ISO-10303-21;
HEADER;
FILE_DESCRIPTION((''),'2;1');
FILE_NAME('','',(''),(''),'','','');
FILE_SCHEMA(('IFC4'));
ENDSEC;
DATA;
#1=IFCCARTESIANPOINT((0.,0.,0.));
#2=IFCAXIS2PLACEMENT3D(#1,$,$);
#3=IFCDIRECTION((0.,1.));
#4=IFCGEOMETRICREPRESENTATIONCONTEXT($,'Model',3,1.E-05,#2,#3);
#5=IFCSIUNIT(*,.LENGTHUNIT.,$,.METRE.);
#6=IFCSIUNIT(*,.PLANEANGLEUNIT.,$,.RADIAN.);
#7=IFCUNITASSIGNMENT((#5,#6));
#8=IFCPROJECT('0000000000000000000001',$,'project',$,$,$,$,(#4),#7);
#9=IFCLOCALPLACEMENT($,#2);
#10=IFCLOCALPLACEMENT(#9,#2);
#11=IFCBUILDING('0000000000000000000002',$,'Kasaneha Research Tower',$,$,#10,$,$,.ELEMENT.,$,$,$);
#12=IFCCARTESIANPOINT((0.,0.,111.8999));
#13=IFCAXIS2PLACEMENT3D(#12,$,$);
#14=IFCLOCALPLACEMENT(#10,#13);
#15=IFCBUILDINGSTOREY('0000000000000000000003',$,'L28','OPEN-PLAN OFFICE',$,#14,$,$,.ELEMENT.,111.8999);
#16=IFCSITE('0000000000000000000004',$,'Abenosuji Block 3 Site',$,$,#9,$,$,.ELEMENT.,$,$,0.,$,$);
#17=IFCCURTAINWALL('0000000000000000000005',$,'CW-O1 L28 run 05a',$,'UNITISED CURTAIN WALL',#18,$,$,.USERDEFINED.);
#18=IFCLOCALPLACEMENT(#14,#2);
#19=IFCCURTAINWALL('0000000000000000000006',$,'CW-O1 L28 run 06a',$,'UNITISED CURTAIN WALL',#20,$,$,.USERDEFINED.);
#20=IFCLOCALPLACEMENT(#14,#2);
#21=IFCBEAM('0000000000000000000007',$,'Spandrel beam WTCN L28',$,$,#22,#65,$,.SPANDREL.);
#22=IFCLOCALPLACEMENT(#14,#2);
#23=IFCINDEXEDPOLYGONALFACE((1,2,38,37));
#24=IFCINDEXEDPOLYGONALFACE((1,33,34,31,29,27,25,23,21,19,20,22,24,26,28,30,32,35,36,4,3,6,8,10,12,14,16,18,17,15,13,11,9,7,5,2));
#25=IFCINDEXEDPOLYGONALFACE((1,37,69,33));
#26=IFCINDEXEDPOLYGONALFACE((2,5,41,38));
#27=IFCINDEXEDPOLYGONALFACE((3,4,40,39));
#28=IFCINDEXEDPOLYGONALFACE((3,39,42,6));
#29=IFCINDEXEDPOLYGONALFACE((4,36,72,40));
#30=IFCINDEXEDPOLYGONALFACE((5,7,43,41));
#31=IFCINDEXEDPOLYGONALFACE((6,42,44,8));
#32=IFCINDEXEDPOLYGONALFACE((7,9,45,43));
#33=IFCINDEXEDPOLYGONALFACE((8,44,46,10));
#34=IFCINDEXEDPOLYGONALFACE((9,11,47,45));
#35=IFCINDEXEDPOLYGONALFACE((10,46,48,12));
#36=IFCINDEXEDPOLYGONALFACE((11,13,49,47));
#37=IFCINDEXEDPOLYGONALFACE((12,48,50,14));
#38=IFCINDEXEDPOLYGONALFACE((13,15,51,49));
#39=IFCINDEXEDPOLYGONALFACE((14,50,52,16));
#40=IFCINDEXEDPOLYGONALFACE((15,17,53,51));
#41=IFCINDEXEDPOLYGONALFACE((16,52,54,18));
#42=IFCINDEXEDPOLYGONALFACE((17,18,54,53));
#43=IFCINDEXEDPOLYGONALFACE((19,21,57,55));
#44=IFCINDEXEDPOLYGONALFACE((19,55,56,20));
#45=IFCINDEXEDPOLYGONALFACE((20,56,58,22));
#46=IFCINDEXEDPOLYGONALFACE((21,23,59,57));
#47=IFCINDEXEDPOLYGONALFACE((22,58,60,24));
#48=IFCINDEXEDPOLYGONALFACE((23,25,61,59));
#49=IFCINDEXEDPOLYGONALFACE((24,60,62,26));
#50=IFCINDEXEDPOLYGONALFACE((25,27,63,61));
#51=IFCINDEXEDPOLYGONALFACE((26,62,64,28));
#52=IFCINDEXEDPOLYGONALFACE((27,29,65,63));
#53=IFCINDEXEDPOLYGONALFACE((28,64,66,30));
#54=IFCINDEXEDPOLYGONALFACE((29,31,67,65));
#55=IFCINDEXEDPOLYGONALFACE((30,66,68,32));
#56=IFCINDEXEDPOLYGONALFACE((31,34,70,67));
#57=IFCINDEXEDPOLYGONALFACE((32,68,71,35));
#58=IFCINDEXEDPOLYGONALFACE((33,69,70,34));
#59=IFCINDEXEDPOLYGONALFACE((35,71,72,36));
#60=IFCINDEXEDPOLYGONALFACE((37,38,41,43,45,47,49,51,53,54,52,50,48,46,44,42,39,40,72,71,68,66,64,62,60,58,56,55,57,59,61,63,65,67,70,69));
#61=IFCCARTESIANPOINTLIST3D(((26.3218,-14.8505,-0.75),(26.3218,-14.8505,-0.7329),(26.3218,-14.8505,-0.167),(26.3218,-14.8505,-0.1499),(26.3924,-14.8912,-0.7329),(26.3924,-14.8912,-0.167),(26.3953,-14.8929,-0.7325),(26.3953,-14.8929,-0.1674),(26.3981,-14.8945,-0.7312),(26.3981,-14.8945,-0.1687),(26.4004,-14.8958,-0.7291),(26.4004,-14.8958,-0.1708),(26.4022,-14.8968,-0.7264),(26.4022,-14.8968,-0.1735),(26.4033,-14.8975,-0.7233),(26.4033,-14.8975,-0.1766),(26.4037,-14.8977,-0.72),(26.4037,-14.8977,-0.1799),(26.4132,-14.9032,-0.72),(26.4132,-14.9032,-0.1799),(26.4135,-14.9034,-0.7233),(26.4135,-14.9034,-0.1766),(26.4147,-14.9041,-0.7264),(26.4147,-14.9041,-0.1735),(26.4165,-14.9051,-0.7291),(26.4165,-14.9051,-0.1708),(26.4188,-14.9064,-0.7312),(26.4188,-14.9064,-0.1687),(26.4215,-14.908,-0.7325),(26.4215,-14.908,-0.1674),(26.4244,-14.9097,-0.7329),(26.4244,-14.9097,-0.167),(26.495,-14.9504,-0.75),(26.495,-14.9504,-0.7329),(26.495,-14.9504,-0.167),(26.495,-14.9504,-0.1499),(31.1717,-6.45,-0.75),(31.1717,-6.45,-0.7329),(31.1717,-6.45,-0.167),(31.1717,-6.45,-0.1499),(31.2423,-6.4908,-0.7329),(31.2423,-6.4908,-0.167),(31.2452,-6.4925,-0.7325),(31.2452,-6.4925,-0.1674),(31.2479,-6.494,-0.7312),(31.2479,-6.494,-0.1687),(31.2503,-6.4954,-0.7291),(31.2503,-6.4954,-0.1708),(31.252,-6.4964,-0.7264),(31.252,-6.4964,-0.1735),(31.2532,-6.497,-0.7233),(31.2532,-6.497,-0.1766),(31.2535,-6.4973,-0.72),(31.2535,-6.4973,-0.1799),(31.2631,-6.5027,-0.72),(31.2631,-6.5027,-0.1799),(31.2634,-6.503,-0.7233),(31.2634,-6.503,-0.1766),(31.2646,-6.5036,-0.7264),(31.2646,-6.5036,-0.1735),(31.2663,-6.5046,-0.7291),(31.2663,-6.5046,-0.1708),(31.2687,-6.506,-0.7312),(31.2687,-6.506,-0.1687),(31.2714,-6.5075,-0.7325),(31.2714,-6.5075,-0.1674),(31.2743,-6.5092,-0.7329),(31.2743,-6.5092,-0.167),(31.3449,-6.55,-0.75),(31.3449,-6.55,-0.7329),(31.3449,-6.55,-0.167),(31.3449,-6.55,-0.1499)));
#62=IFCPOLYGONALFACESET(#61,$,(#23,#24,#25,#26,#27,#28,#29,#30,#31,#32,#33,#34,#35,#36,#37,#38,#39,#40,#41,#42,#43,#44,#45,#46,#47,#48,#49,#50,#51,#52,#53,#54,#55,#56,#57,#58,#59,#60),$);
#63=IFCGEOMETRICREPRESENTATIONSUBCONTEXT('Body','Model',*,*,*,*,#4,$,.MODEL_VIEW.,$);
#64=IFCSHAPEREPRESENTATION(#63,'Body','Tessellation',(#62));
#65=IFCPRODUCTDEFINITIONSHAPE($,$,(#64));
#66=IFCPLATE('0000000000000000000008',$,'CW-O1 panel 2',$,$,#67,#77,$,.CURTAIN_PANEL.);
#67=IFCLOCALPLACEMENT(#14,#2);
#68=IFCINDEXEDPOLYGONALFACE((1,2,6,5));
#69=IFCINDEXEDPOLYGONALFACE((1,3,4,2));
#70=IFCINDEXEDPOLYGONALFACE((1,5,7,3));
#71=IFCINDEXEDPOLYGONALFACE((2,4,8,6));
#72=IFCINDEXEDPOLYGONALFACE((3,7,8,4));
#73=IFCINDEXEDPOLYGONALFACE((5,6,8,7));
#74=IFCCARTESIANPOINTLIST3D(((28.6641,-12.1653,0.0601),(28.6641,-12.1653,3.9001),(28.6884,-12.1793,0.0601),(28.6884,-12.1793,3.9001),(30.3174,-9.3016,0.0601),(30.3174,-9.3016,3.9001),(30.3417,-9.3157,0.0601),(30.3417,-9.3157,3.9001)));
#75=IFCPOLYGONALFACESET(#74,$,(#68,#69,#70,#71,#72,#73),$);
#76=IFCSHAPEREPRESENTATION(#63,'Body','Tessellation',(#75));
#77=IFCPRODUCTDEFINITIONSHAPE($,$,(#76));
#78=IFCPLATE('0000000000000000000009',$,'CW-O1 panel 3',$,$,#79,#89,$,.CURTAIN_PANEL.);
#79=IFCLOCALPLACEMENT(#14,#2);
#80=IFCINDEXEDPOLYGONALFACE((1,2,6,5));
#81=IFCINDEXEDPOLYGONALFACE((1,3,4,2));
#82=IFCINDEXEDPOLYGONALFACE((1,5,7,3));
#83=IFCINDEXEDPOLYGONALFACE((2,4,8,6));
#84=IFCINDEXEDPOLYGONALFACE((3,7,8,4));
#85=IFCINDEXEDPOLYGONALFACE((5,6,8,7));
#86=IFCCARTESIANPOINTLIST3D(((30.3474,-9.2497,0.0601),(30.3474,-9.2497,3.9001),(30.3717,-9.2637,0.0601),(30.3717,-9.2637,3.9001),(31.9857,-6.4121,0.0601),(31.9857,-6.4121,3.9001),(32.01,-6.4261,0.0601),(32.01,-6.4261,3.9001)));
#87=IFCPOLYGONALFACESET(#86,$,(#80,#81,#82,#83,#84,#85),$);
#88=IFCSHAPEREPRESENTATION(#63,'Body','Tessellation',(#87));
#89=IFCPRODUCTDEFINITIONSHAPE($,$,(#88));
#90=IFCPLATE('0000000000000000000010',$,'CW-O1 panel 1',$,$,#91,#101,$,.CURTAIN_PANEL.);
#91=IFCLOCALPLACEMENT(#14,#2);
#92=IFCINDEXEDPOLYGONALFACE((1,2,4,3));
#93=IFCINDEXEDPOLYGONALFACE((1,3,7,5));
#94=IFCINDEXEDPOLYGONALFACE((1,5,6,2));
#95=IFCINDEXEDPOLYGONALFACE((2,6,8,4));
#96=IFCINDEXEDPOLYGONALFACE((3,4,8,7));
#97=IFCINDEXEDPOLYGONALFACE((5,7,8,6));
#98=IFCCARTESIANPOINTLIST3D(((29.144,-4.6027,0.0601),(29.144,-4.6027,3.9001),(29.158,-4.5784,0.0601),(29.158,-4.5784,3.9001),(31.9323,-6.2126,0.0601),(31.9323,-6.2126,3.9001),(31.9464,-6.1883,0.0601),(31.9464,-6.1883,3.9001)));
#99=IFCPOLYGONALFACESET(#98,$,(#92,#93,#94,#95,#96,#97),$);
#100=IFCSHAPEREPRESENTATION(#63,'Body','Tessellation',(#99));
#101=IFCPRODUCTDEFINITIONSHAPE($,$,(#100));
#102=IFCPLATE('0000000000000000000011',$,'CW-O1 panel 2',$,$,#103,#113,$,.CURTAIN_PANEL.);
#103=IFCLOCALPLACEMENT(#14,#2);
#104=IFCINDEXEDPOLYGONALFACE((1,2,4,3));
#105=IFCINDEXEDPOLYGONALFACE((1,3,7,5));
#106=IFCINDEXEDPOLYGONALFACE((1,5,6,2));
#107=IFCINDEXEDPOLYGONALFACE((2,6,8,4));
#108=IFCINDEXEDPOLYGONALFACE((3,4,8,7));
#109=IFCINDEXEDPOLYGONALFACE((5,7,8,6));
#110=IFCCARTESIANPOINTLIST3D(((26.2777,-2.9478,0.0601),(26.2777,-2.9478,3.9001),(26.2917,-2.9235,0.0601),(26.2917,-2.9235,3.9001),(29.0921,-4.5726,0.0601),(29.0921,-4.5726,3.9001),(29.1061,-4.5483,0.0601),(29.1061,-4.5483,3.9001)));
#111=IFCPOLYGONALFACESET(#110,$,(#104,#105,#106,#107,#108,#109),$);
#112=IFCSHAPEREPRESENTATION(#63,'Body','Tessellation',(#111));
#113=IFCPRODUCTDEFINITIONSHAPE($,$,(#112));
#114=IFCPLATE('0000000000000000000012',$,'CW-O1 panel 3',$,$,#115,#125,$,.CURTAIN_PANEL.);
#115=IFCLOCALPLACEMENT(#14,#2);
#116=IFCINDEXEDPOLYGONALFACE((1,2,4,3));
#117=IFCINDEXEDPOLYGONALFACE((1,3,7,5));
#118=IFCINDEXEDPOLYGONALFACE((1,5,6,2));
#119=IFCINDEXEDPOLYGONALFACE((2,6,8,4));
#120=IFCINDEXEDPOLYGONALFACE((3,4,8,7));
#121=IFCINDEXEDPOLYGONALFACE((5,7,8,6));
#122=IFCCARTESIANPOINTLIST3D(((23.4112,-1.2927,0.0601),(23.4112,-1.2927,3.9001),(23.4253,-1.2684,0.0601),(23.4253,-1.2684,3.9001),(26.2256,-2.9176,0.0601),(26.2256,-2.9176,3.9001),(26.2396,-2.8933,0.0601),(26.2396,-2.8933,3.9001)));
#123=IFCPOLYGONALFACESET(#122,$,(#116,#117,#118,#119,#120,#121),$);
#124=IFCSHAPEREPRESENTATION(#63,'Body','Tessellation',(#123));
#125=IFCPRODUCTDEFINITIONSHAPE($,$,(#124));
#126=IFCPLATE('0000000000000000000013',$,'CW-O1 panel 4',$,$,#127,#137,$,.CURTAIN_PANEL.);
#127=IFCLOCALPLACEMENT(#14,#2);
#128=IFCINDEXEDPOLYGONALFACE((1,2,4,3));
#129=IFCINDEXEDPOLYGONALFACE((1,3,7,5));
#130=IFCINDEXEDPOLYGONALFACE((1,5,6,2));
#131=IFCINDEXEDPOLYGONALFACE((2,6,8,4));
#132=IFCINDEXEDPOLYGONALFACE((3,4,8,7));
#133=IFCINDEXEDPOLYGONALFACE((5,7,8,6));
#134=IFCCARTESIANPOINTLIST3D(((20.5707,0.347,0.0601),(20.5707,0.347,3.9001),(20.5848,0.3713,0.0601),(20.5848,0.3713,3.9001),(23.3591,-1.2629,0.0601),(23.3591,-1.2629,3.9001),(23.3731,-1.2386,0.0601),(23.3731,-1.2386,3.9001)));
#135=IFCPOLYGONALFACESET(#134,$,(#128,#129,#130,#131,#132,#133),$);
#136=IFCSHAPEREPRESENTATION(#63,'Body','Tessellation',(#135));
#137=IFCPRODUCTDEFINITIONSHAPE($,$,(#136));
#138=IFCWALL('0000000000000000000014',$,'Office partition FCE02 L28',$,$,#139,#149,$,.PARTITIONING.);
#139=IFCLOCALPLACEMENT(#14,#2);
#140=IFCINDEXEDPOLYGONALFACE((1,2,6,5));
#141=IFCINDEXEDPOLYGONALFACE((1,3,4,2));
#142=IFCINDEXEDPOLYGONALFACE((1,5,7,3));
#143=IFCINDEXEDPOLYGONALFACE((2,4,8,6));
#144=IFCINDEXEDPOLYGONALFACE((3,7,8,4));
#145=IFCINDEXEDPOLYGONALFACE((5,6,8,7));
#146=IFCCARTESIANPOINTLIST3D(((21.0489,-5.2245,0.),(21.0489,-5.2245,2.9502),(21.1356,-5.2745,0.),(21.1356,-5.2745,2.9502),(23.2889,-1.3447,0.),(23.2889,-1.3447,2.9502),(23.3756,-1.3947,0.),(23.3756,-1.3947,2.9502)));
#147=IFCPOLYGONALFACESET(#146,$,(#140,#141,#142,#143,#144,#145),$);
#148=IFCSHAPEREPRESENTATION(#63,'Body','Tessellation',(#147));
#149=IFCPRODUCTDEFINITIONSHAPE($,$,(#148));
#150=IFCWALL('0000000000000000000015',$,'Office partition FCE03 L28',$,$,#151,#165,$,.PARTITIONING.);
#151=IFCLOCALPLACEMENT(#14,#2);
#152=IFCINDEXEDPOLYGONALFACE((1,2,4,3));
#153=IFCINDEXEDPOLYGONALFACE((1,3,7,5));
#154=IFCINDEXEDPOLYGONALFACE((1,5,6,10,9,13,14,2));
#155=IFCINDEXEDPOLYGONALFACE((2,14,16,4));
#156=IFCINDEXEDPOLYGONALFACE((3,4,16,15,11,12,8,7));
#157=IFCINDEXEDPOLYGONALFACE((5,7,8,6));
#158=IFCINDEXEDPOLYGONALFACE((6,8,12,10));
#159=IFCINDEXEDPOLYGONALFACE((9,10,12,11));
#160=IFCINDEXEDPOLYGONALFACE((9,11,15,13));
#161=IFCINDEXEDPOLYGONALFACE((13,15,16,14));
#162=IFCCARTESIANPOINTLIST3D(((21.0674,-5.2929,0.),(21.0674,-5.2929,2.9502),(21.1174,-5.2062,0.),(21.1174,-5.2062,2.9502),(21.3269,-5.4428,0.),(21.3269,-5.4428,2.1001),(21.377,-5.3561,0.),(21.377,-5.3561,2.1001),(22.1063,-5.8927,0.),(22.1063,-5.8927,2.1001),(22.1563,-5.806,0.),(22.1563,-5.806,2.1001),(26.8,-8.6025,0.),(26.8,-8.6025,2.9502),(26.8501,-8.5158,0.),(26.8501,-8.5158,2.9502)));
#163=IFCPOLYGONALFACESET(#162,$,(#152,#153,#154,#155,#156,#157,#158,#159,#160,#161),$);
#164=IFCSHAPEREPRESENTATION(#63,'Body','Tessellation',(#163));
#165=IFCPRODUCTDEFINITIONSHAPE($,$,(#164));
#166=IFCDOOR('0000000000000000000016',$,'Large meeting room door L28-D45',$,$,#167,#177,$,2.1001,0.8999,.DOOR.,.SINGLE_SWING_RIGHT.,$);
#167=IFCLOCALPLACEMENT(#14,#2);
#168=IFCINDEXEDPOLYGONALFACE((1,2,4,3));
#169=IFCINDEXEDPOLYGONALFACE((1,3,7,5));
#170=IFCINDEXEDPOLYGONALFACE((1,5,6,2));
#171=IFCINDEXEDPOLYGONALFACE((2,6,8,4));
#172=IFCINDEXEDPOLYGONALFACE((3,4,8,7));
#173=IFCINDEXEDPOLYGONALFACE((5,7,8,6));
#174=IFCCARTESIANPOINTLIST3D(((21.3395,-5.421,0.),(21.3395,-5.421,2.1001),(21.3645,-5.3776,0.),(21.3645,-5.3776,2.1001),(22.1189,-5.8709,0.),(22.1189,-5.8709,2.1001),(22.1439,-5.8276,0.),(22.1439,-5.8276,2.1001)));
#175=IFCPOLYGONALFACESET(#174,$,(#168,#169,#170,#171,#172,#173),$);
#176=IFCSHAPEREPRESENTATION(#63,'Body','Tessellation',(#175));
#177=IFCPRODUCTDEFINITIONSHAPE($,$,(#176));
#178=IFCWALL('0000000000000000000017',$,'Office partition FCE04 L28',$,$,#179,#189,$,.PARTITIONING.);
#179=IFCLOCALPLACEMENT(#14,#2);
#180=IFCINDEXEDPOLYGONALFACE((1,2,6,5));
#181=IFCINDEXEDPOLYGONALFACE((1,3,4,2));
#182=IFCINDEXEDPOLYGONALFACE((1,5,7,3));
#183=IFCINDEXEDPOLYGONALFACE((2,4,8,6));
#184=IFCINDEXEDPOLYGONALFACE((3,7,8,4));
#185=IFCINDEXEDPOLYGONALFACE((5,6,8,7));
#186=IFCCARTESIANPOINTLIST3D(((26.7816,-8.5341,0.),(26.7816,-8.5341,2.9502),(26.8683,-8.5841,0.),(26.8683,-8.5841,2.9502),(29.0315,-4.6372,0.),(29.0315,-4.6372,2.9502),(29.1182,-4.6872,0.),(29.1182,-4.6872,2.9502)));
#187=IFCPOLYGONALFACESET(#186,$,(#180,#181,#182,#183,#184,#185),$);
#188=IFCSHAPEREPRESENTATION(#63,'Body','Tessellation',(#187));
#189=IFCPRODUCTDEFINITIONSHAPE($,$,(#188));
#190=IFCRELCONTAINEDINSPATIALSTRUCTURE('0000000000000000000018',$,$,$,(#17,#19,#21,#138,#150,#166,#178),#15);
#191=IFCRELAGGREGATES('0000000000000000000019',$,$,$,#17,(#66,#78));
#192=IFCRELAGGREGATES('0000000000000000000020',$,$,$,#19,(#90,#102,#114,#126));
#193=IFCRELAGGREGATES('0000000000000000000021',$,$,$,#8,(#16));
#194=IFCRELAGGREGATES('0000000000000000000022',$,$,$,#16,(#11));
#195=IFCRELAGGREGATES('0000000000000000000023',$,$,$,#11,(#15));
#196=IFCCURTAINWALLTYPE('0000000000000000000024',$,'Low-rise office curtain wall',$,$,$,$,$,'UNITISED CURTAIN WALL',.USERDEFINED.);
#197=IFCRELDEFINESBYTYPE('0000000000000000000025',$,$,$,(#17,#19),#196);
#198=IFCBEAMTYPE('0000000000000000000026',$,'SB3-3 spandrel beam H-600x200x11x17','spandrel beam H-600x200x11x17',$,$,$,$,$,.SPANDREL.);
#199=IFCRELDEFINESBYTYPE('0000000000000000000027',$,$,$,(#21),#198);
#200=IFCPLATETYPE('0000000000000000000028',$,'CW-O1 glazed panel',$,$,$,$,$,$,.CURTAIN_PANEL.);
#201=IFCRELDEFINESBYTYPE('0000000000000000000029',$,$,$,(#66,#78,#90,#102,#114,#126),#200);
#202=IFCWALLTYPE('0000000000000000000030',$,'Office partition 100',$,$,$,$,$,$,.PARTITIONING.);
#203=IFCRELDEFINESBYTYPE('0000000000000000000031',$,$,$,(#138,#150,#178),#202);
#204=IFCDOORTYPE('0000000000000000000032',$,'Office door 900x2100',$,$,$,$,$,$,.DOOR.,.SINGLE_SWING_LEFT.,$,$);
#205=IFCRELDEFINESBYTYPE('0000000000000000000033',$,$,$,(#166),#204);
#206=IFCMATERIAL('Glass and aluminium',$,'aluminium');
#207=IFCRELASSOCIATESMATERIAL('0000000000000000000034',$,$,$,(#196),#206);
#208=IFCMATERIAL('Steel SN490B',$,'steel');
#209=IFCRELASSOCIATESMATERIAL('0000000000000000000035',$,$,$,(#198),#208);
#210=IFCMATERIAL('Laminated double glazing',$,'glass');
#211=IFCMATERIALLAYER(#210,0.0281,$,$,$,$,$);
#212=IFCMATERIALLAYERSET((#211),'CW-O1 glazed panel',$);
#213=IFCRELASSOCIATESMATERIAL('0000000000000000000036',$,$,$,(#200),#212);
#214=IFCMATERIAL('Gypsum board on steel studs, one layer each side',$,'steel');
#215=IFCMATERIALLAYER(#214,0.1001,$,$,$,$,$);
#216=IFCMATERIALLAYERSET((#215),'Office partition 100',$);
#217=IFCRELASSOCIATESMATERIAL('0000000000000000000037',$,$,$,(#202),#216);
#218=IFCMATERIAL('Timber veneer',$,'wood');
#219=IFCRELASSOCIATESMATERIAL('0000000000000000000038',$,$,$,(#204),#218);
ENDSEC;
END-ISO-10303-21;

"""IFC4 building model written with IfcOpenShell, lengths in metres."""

from ifc_helpers import new_model, si_unit, direction, frame, frame_2d, origin, origin_2d, place, context, subcontext, project, spatial, rectangle, i_section, extrude, material, layer, layer_set, material_profile, profile_set, type_object, element, fill, aggregate, save


model = new_model("IFC4")

# Units and contexts
model_context = context("Model", 3, precision=1e-05, world=origin(), true_north=direction((0.0, 1.0)))
body_context = subcontext(model_context, "Body", "Model", "MODEL_VIEW")
ifc_project = project(units=[si_unit("LENGTHUNIT", "METRE"), si_unit("PLANEANGLEUNIT", "RADIAN")], contexts=[model_context])

# Site, building, storey
site_placement = place(None, origin())
site = spatial("IfcSite", under=ifc_project, at=site_placement, Name="Abenosuji Block 3 Site", CompositionType="ELEMENT", RefElevation=0.0)
building_placement = place(site_placement, origin())
building = spatial("IfcBuilding", under=site, at=building_placement, Name="Kasaneha Research Tower", CompositionType="ELEMENT")
storey_placement = place(building_placement, frame((0.0, 0.0, 111.8999)))
storey = spatial("IfcBuildingStorey", under=building, at=storey_placement, Name="L28", Description="OPEN-PLAN OFFICE", CompositionType="ELEMENT", Elevation=111.8999)

# Curtain walls
ifc_material_1 = material(Name="Glass and aluminium", Category="aluminium")
curtain_wall_type = type_object("IfcCurtainWallType", Name="Low-rise office curtain wall", ElementType="UNITISED CURTAIN WALL", PredefinedType="USERDEFINED", material=ifc_material_1)
curtain_wall_1_placement = place(storey_placement, origin())
curtain_wall_1 = element("IfcCurtainWall", 1, at=curtain_wall_1_placement, inside=storey, type_object=curtain_wall_type, Name="CW-O1 L28 run 05a", ObjectType="UNITISED CURTAIN WALL", PredefinedType="USERDEFINED")
curtain_wall_2_placement = place(storey_placement, origin())
curtain_wall_2 = element("IfcCurtainWall", 2, at=curtain_wall_2_placement, inside=storey, type_object=curtain_wall_type, Name="CW-O1 L28 run 06a", ObjectType="UNITISED CURTAIN WALL", PredefinedType="USERDEFINED")

# Beam
ifc_material_2 = material(Name="Steel SN490B", Category="steel")
ifc_material_profile_1 = material_profile(ifc_material_2, i_section(OverallWidth=0.2, OverallDepth=0.6001, WebThickness=0.011, FlangeThickness=0.0171, FilletRadius=0.0129, at=origin_2d()), Name="H-600x200x11x17")
ifc_profile_set_1 = profile_set([ifc_material_profile_1], Name="Steel SN490B")
beam_type_1 = type_object("IfcBeamType", Name="SB3-3 spandrel beam H-600x200x11x17", Description="spandrel beam H-600x200x11x17", PredefinedType="SPANDREL", material=ifc_profile_set_1)
beam_1_placement = place(storey_placement, frame((31.2583, -6.5, -0.45), z_axis=(-0.499991, -0.866031, 0.0), x_axis=(0.866031, -0.499991, 0.0)))
element("IfcBeam", 3, at=beam_1_placement, inside=storey, type_object=beam_type_1, Name="Spandrel beam WTCN L28", PredefinedType="SPANDREL", context=body_context, shape_type="SweptSolid", body=[
    extrude(i_section(OverallWidth=0.2, OverallDepth=0.6001, WebThickness=0.011, FlangeThickness=0.0171, FilletRadius=0.0129, at=origin_2d()), origin(), (0.0, 0.0, 1.0), 9.7),
])

# Plates
ifc_material_3 = material(Name="Laminated double glazing", Category="glass")
ifc_layer_1 = layer(ifc_material_3, 0.0281)
ifc_layer_set_1 = layer_set([ifc_layer_1], Name="CW-O1 glazed panel")
plate_type = type_object("IfcPlateType", Name="CW-O1 glazed panel", PredefinedType="CURTAIN_PANEL", material=ifc_layer_set_1)
plate_1_placement = place(storey_placement, frame((29.5029, -10.7405, 0.0601), z_axis=(0.0, 0.0, 1.0), x_axis=(0.5, 0.866025, 0.0)))
plate_1 = element("IfcPlate", 4, at=plate_1_placement, type_object=plate_type, Name="CW-O1 panel 2", PredefinedType="CURTAIN_PANEL", context=body_context, shape_type="SweptSolid", body=[
    extrude(rectangle(XDim=3.3066, YDim=0.0281, at=origin_2d()), origin(), (0.0, 0.0, 1.0), 3.8401),
])
plate_2_placement = place(storey_placement, frame((31.1787, -7.8379, 0.0601), z_axis=(0.0, 0.0, 1.0), x_axis=(0.5, 0.866025, 0.0)))
plate_2 = element("IfcPlate", 5, at=plate_2_placement, type_object=plate_type, Name="CW-O1 panel 3", PredefinedType="CURTAIN_PANEL", context=body_context, shape_type="SweptSolid", body=[
    extrude(rectangle(XDim=3.2766, YDim=0.0281, at=origin_2d()), origin(), (0.0, 0.0, 1.0), 3.8401),
])
aggregate(curtain_wall_1, [plate_1, plate_2])
plate_3_placement = place(storey_placement, frame((30.5452, -5.3955, 0.0601), z_axis=(0.0, 0.0, 1.0), x_axis=(-0.866025, 0.5, 0.0)))
plate_3 = element("IfcPlate", 6, at=plate_3_placement, type_object=plate_type, Name="CW-O1 panel 1", PredefinedType="CURTAIN_PANEL", context=body_context, shape_type="SweptSolid", body=[
    extrude(rectangle(XDim=3.2197, YDim=0.0281, at=origin_2d()), origin(), (0.0, 0.0, 1.0), 3.8401),
])
plate_4_placement = place(storey_placement, frame((27.6919, -3.748, 0.0601), z_axis=(0.0, 0.0, 1.0), x_axis=(-0.866025, 0.5, 0.0)))
plate_4 = element("IfcPlate", 7, at=plate_4_placement, type_object=plate_type, Name="CW-O1 panel 2", PredefinedType="CURTAIN_PANEL", context=body_context, shape_type="SweptSolid", body=[
    extrude(rectangle(XDim=3.2498, YDim=0.0281, at=origin_2d()), origin(), (0.0, 0.0, 1.0), 3.8401),
])
plate_5_placement = place(storey_placement, frame((24.8254, -2.093, 0.0601), z_axis=(0.0, 0.0, 1.0), x_axis=(-0.866025, 0.5, 0.0)))
plate_5 = element("IfcPlate", 8, at=plate_5_placement, type_object=plate_type, Name="CW-O1 panel 3", PredefinedType="CURTAIN_PANEL", context=body_context, shape_type="SweptSolid", body=[
    extrude(rectangle(XDim=3.2498, YDim=0.0281, at=origin_2d()), origin(), (0.0, 0.0, 1.0), 3.8401),
])
plate_6_placement = place(storey_placement, frame((21.9719, -0.4458, 0.0601), z_axis=(0.0, 0.0, 1.0), x_axis=(-0.866025, 0.5, 0.0)))
plate_6 = element("IfcPlate", 9, at=plate_6_placement, type_object=plate_type, Name="CW-O1 panel 4", PredefinedType="CURTAIN_PANEL", context=body_context, shape_type="SweptSolid", body=[
    extrude(rectangle(XDim=3.2197, YDim=0.0281, at=origin_2d()), origin(), (0.0, 0.0, 1.0), 3.8401),
])
aggregate(curtain_wall_2, [plate_3, plate_4, plate_5, plate_6])

# Wall
ifc_material_4 = material(Name="Gypsum board on steel studs, one layer each side", Category="steel")
ifc_layer_2 = layer(ifc_material_4, 0.1001)
ifc_layer_set_2 = layer_set([ifc_layer_2], Name="Office partition 100")
wall_type = type_object("IfcWallType", Name="Office partition 100", PredefinedType="PARTITIONING", material=ifc_layer_set_2)
wall_1_placement = place(storey_placement, frame((21.0923, -5.2495, 0.0), z_axis=(0.0, 0.0, 1.0), x_axis=(0.49999, 0.866031, 0.0)))
element("IfcWall", 10, at=wall_1_placement, inside=storey, type_object=wall_type, Name="Office partition FCE02 L28", PredefinedType="PARTITIONING", context=body_context, shape_type="SweptSolid", body=[
    extrude(rectangle(XDim=4.48, YDim=0.1001, at=frame_2d((2.24, 0.0))), origin(), (0.0, 0.0, 1.0), 2.9502),
])

# Wall, opening, door
wall_2_placement = place(storey_placement, frame((26.825, -8.5591, 0.0), z_axis=(0.0, 0.0, 1.0), x_axis=(-0.866038, 0.499979, 0.0)))
wall_2 = element("IfcWall", 11, at=wall_2_placement, inside=storey, type_object=wall_type, Name="Office partition FCE03 L28", PredefinedType="PARTITIONING", context=body_context, shape_type="SweptSolid", body=[
    extrude(rectangle(XDim=6.6194, YDim=0.1001, at=frame_2d((3.3096, 0.0))), origin(), (0.0, 0.0, 1.0), 2.9502),
])
opening_placement = place(wall_2_placement, frame((5.4197, 0.0, 0.0)))
opening = element("IfcOpeningElement", 12, at=opening_placement, cuts=wall_2, PredefinedType="OPENING", context=body_context, shape_type="SweptSolid", body=[
    extrude(rectangle(XDim=0.8999, YDim=2.1001, at=frame_2d((0.45, 1.05))), frame((0.0, 0.0601, 0.0), z_axis=(0.0, -1.0, 0.0), x_axis=(1.0, 0.0, 0.0)), (0.0, 0.0, 1.0), 0.1201),
])
ifc_material_5 = material(Name="Timber veneer", Category="wood")
door_type = type_object("IfcDoorType", Name="Office door 900x2100", OperationType="SINGLE_SWING_LEFT", PredefinedType="DOOR", material=ifc_material_5)
door_placement = place(opening_placement, origin())
door = element("IfcDoor", 13, at=door_placement, inside=storey, type_object=door_type, Name="Large meeting room door L28-D45", OperationType="SINGLE_SWING_RIGHT", OverallHeight=2.1001, OverallWidth=0.8999, PredefinedType="DOOR", context=body_context, shape_type="SweptSolid", body=[
    extrude(rectangle(XDim=0.8999, YDim=2.1001, at=frame_2d((0.45, 1.05))), frame((0.0, 0.0249, 0.0), z_axis=(0.0, -1.0, 0.0), x_axis=(1.0, 0.0, 0.0)), (0.0, 0.0, 1.0), 0.05),
])
fill(opening, door)

# Wall
wall_3_placement = place(storey_placement, frame((29.075, -4.6621, 0.0), z_axis=(0.0, 0.0, 1.0), x_axis=(-0.500014, -0.866018, 0.0)))
element("IfcWall", 14, at=wall_3_placement, inside=storey, type_object=wall_type, Name="Office partition FCE04 L28", PredefinedType="PARTITIONING", context=body_context, shape_type="SweptSolid", body=[
    extrude(rectangle(XDim=4.4998, YDim=0.1001, at=frame_2d((2.25, 0.0))), origin(), (0.0, 0.0, 1.0), 2.9502),
])

save(model, "model.ifc")
